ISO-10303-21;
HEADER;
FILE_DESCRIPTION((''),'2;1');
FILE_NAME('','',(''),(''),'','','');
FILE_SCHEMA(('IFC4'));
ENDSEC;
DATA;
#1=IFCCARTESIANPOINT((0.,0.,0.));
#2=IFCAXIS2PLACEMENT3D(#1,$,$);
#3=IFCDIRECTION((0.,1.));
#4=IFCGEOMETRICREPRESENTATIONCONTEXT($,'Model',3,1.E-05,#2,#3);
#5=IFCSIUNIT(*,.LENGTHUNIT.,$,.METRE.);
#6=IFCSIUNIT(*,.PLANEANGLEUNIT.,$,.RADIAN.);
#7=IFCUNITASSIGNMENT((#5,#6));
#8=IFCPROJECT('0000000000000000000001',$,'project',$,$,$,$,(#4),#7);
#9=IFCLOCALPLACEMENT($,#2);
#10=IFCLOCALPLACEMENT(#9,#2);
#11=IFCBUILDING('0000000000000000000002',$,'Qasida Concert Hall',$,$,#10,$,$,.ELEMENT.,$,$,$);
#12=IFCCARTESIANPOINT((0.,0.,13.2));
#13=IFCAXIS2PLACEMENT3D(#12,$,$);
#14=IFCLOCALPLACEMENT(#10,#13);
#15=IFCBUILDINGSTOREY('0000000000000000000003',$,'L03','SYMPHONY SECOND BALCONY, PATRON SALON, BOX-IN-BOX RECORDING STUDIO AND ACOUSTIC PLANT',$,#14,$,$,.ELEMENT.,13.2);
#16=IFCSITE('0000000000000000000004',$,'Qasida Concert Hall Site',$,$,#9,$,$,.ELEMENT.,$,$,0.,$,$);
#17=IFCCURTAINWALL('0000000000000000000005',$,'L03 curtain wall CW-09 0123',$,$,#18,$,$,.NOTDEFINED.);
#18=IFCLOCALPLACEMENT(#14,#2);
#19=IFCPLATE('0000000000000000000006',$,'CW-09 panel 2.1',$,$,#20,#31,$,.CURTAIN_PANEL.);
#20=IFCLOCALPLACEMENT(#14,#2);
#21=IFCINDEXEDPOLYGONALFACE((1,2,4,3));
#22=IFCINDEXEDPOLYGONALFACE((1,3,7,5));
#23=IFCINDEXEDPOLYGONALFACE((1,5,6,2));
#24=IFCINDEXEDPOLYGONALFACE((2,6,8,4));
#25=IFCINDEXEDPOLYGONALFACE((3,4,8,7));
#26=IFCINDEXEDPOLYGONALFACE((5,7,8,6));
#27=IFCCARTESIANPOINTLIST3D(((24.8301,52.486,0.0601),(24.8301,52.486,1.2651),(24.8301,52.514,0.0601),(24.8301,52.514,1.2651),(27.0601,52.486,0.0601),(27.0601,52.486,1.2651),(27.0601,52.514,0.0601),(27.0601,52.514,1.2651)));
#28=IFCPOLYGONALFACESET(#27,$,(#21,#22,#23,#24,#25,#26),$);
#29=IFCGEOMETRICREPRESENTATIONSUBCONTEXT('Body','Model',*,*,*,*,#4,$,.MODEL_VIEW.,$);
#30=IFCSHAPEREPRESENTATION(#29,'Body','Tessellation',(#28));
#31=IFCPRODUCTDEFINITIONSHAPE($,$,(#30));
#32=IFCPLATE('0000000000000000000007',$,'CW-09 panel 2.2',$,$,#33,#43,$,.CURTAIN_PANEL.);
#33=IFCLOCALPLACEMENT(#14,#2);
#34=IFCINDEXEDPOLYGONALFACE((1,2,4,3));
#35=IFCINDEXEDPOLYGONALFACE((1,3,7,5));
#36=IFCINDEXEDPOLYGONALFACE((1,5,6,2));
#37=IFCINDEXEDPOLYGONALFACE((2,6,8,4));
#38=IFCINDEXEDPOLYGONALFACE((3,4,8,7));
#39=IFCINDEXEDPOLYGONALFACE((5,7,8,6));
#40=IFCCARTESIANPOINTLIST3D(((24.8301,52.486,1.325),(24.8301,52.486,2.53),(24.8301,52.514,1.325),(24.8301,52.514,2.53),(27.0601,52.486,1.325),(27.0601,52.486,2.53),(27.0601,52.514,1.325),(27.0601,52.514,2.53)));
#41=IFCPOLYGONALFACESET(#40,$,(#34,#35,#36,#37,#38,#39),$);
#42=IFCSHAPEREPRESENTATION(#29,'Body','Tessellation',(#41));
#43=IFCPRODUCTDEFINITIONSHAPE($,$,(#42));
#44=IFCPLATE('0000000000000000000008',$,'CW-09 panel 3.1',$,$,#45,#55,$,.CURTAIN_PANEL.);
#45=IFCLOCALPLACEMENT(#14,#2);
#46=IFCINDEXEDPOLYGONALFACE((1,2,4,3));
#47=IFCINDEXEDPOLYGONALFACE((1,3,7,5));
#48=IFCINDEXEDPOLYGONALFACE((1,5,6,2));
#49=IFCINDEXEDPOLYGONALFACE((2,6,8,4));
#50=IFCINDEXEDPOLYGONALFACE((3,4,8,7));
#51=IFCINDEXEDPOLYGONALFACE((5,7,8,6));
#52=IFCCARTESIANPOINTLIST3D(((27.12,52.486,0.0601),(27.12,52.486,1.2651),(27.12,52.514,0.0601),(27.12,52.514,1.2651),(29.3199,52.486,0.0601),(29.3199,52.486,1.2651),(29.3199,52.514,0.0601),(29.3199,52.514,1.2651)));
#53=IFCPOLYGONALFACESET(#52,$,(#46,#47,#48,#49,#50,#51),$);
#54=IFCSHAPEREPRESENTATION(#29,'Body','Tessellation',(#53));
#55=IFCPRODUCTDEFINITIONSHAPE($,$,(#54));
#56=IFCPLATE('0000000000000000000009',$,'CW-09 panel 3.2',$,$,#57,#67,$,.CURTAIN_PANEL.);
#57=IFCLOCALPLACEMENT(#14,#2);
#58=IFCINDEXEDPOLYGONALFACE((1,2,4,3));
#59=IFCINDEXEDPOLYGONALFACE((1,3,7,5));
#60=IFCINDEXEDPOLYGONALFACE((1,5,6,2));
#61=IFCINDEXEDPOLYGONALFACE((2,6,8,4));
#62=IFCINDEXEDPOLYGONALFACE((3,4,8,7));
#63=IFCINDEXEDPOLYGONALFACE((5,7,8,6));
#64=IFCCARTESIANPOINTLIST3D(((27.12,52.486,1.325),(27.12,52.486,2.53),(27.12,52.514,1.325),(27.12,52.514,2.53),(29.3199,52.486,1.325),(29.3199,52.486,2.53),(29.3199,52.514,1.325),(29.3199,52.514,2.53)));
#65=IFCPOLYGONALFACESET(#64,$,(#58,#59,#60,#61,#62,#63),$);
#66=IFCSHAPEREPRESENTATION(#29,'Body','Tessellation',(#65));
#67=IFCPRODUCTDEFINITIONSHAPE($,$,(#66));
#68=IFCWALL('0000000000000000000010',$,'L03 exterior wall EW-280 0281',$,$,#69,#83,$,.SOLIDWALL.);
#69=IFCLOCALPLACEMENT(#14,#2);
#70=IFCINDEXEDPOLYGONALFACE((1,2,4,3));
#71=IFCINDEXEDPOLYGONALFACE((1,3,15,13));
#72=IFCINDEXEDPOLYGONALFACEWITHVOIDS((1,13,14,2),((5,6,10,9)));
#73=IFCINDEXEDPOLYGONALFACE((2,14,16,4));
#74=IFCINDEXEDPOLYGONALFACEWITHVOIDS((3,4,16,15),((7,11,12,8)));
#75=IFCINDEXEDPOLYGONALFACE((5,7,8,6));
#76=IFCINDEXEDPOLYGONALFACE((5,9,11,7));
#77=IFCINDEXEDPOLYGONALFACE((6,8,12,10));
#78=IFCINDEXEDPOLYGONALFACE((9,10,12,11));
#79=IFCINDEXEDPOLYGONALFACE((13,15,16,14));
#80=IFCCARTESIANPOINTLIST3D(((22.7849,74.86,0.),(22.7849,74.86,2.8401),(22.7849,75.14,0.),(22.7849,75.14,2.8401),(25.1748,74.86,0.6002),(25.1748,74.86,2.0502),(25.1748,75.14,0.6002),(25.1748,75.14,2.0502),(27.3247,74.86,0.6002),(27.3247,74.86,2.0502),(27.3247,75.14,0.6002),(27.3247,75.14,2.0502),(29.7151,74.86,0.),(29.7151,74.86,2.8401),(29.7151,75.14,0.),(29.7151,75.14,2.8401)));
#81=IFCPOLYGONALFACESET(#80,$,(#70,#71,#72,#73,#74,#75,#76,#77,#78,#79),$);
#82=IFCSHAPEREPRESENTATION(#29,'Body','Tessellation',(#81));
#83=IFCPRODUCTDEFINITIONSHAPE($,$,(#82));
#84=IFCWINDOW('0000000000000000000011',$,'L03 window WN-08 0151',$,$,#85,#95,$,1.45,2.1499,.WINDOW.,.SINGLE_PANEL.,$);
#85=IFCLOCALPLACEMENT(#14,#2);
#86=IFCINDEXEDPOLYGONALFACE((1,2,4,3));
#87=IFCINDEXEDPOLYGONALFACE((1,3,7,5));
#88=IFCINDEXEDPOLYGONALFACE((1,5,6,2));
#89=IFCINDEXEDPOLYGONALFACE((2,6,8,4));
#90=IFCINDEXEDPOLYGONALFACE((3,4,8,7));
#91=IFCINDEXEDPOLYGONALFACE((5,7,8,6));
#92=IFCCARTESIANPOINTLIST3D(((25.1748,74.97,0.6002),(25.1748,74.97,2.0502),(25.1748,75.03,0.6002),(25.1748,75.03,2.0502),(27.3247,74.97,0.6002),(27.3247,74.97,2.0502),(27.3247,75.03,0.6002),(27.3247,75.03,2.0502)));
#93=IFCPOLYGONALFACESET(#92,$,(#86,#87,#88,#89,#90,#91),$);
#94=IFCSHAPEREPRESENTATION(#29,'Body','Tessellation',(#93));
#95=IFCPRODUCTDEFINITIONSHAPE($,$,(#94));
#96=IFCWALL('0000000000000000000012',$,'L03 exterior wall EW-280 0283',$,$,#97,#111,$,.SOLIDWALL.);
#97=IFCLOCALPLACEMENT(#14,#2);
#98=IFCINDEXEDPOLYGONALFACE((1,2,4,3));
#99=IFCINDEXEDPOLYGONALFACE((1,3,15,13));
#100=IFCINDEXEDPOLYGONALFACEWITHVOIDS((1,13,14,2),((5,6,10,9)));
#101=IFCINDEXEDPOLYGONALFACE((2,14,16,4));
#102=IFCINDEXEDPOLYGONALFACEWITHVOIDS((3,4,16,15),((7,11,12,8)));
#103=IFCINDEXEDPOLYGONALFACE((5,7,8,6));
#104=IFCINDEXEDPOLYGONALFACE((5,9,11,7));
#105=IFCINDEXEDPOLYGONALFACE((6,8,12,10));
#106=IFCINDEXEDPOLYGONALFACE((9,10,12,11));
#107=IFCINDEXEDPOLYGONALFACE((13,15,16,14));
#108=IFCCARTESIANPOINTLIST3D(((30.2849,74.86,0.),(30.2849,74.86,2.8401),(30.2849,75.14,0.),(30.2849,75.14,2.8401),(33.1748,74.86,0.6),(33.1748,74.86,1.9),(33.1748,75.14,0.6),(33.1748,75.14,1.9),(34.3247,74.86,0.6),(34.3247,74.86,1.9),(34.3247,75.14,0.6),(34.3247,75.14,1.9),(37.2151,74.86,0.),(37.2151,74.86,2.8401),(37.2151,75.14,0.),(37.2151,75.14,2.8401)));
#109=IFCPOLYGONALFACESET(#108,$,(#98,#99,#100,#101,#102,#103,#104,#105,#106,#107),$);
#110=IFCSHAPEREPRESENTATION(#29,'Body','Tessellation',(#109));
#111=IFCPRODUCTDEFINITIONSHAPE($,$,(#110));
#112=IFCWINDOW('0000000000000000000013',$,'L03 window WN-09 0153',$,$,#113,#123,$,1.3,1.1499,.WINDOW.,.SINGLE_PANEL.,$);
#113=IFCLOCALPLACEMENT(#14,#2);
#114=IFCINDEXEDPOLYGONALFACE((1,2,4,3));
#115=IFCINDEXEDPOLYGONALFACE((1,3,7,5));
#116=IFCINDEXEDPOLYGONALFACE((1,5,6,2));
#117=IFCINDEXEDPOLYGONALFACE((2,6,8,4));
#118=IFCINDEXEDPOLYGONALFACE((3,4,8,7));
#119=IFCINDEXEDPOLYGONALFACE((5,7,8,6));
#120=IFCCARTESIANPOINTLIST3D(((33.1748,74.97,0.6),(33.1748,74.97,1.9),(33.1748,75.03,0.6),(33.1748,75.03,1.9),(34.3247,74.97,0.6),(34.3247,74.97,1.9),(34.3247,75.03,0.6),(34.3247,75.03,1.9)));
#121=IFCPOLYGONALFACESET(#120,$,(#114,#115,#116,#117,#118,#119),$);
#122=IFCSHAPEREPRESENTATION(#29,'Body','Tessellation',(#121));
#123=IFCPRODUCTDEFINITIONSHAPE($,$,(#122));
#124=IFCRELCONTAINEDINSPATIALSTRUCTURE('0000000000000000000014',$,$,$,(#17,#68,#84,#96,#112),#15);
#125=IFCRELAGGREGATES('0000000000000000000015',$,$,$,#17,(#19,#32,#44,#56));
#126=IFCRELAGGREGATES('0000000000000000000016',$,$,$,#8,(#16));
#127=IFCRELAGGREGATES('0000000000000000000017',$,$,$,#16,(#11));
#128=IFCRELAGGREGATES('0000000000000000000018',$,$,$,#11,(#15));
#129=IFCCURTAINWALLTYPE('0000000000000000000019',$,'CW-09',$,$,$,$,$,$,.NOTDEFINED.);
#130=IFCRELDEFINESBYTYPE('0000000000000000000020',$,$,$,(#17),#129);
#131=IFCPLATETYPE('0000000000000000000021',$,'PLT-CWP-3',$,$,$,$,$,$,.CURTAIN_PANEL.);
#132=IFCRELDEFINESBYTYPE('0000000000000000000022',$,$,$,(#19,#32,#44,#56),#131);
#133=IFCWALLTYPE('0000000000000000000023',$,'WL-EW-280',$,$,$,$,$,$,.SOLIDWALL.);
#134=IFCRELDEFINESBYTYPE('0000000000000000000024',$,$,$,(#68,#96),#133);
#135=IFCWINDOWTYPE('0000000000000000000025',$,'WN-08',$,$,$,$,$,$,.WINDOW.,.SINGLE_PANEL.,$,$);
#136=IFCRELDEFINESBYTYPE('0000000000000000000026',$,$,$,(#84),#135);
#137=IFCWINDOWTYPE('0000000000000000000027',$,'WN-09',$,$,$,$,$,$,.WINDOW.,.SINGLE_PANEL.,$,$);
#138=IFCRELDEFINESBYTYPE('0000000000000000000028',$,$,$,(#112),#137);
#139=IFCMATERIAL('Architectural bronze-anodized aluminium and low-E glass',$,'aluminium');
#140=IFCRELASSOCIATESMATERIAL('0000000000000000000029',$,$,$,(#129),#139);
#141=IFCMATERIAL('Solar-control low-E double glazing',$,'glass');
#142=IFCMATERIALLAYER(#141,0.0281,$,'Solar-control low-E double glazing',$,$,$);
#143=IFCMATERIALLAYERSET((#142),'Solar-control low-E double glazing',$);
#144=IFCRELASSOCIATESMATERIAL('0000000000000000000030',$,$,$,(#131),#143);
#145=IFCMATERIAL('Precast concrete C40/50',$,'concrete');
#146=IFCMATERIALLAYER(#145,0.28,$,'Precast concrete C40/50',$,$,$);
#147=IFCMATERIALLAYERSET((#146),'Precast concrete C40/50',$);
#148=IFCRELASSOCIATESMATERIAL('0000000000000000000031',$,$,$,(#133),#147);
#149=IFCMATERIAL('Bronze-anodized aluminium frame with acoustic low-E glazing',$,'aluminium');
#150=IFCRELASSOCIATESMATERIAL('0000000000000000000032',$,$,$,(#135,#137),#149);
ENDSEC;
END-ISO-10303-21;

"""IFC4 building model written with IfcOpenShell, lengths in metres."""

from ifc_helpers import new_model, si_unit, direction, frame, frame_2d, origin, origin_2d, place, context, subcontext, project, spatial, rectangle, extrude, material, layer, layer_set, type_object, element, fill, aggregate, save


model = new_model("IFC4")

# Units and contexts
model_context = context("Model", 3, precision=1e-05, world=origin(), true_north=direction((0.0, 1.0)))
body_context = subcontext(model_context, "Body", "Model", "MODEL_VIEW")
ifc_project = project(units=[si_unit("LENGTHUNIT", "METRE"), si_unit("PLANEANGLEUNIT", "RADIAN")], contexts=[model_context])

# Site, building, storey
site_placement = place(None, origin())
site = spatial("IfcSite", under=ifc_project, at=site_placement, Name="Qasida Concert Hall Site", CompositionType="ELEMENT", RefElevation=0.0)
building_placement = place(site_placement, origin())
building = spatial("IfcBuilding", under=site, at=building_placement, Name="Qasida Concert Hall", CompositionType="ELEMENT")
storey_placement = place(building_placement, frame((0.0, 0.0, 13.2)))
storey = spatial("IfcBuildingStorey", under=building, at=storey_placement, Name="L03", Description="SYMPHONY SECOND BALCONY, PATRON SALON, BOX-IN-BOX RECORDING STUDIO AND ACOUSTIC PLANT", CompositionType="ELEMENT", Elevation=13.2)

# Shared definitions
ifc_material_1 = material(Name="Architectural bronze-anodized aluminium and low-E glass", Category="aluminium")
curtain_wall_type = type_object("IfcCurtainWallType", Name="CW-09", PredefinedType="NOTDEFINED", material=ifc_material_1)

# Curtain wall
curtain_wall_1_placement = place(storey_placement, origin())
curtain_wall_1 = element("IfcCurtainWall", 1, at=curtain_wall_1_placement, inside=storey, type_object=curtain_wall_type, Name="L03 curtain wall CW-09 0123", PredefinedType="NOTDEFINED")

# Plates
ifc_material_2 = material(Name="Solar-control low-E double glazing", Category="glass")
ifc_layer_1 = layer(ifc_material_2, 0.0281, Name="Solar-control low-E double glazing")
ifc_layer_set_1 = layer_set([ifc_layer_1], Name="Solar-control low-E double glazing")
plate_type = type_object("IfcPlateType", Name="PLT-CWP-3", PredefinedType="CURTAIN_PANEL", material=ifc_layer_set_1)
plate_1_placement = place(storey_placement, frame((25.9451, 52.5, 0.0601), z_axis=(0.0, 0.0, 1.0), x_axis=(1.0, 0.0, 0.0)))
plate_1 = element("IfcPlate", 2, at=plate_1_placement, type_object=plate_type, Name="CW-09 panel 2.1", PredefinedType="CURTAIN_PANEL", context=body_context, shape_type="SweptSolid", body=[
    extrude(rectangle(XDim=2.23, YDim=0.0281, at=origin_2d()), origin(), (0.0, 0.0, 1.0), 1.2051),
])
plate_2_placement = place(storey_placement, frame((25.9451, 52.5, 1.325), z_axis=(0.0, 0.0, 1.0), x_axis=(1.0, 0.0, 0.0)))
plate_2 = element("IfcPlate", 3, at=plate_2_placement, type_object=plate_type, Name="CW-09 panel 2.2", PredefinedType="CURTAIN_PANEL", context=body_context, shape_type="SweptSolid", body=[
    extrude(rectangle(XDim=2.23, YDim=0.0281, at=origin_2d()), origin(), (0.0, 0.0, 1.0), 1.2051),
])
plate_3_placement = place(storey_placement, frame((28.22, 52.5, 0.0601), z_axis=(0.0, 0.0, 1.0), x_axis=(1.0, 0.0, 0.0)))
plate_3 = element("IfcPlate", 4, at=plate_3_placement, type_object=plate_type, Name="CW-09 panel 3.1", PredefinedType="CURTAIN_PANEL", context=body_context, shape_type="SweptSolid", body=[
    extrude(rectangle(XDim=2.2, YDim=0.0281, at=origin_2d()), origin(), (0.0, 0.0, 1.0), 1.2051),
])
plate_4_placement = place(storey_placement, frame((28.22, 52.5, 1.325), z_axis=(0.0, 0.0, 1.0), x_axis=(1.0, 0.0, 0.0)))
plate_4 = element("IfcPlate", 5, at=plate_4_placement, type_object=plate_type, Name="CW-09 panel 3.2", PredefinedType="CURTAIN_PANEL", context=body_context, shape_type="SweptSolid", body=[
    extrude(rectangle(XDim=2.2, YDim=0.0281, at=origin_2d()), origin(), (0.0, 0.0, 1.0), 1.2051),
])
aggregate(curtain_wall_1, [plate_1, plate_2, plate_3, plate_4])

# Walls, openings, windows
ifc_material_3 = material(Name="Precast concrete C40/50", Category="concrete")
ifc_layer_2 = layer(ifc_material_3, 0.28, Name="Precast concrete C40/50")
ifc_layer_set_2 = layer_set([ifc_layer_2], Name="Precast concrete C40/50")
wall_type = type_object("IfcWallType", Name="WL-EW-280", PredefinedType="SOLIDWALL", material=ifc_layer_set_2)
wall_1_placement = place(storey_placement, frame((22.7849, 75.0, 0.0), z_axis=(0.0, 0.0, 1.0), x_axis=(1.0, 0.0, 0.0)))
wall_1 = element("IfcWall", 6, at=wall_1_placement, inside=storey, type_object=wall_type, Name="L03 exterior wall EW-280 0281", PredefinedType="SOLIDWALL", context=body_context, shape_type="SweptSolid", body=[
    extrude(rectangle(XDim=6.9302, YDim=0.28, at=frame_2d((3.4651, 0.0))), origin(), (0.0, 0.0, 1.0), 2.8401),
])
opening_1_placement = place(wall_1_placement, frame((2.3899, 0.0, 0.6001)))
opening_1 = element("IfcOpeningElement", 7, at=opening_1_placement, cuts=wall_1, PredefinedType="OPENING", context=body_context, shape_type="SweptSolid", body=[
    extrude(rectangle(XDim=2.1499, YDim=1.45, at=frame_2d((1.075, 0.7251))), frame((0.0, 0.1499, 0.0), z_axis=(0.0, -1.0, 0.0), x_axis=(1.0, 0.0, 0.0)), (0.0, 0.0, 1.0), 0.3),
])
ifc_material_4 = material(Name="Bronze-anodized aluminium frame with acoustic low-E glazing", Category="aluminium")
window_type_1 = type_object("IfcWindowType", Name="WN-08", PartitioningType="SINGLE_PANEL", PredefinedType="WINDOW", material=ifc_material_4)
window_1_placement = place(opening_1_placement, origin())
window_1 = element("IfcWindow", 8, at=window_1_placement, inside=storey, type_object=window_type_1, Name="L03 window WN-08 0151", OverallHeight=1.45, OverallWidth=2.1499, PartitioningType="SINGLE_PANEL", PredefinedType="WINDOW", context=body_context, shape_type="SweptSolid", body=[
    extrude(rectangle(XDim=2.1499, YDim=1.45, at=frame_2d((1.075, 0.7251))), frame((0.0, 0.03, 0.0), z_axis=(0.0, -1.0, 0.0), x_axis=(1.0, 0.0, 0.0)), (0.0, 0.0, 1.0), 0.0601),
])
fill(opening_1, window_1)
wall_2_placement = place(storey_placement, frame((30.2849, 75.0, 0.0), z_axis=(0.0, 0.0, 1.0), x_axis=(1.0, 0.0, 0.0)))
wall_2 = element("IfcWall", 9, at=wall_2_placement, inside=storey, type_object=wall_type, Name="L03 exterior wall EW-280 0283", PredefinedType="SOLIDWALL", context=body_context, shape_type="SweptSolid", body=[
    extrude(rectangle(XDim=6.9302, YDim=0.28, at=frame_2d((3.4651, 0.0))), origin(), (0.0, 0.0, 1.0), 2.8401),
])
opening_2_placement = place(wall_2_placement, frame((2.8899, 0.0, 0.6001)))
opening_2 = element("IfcOpeningElement", 10, at=opening_2_placement, cuts=wall_2, PredefinedType="OPENING", context=body_context, shape_type="SweptSolid", body=[
    extrude(rectangle(XDim=1.1499, YDim=1.3, at=frame_2d((0.575, 0.6499))), frame((0.0, 0.1499, 0.0), z_axis=(0.0, -1.0, 0.0), x_axis=(1.0, 0.0, 0.0)), (0.0, 0.0, 1.0), 0.3),
])
window_type_2 = type_object("IfcWindowType", Name="WN-09", PartitioningType="SINGLE_PANEL", PredefinedType="WINDOW", material=ifc_material_4)
window_2_placement = place(opening_2_placement, origin())
window_2 = element("IfcWindow", 11, at=window_2_placement, inside=storey, type_object=window_type_2, Name="L03 window WN-09 0153", OverallHeight=1.3, OverallWidth=1.1499, PartitioningType="SINGLE_PANEL", PredefinedType="WINDOW", context=body_context, shape_type="SweptSolid", body=[
    extrude(rectangle(XDim=1.1499, YDim=1.3, at=frame_2d((0.575, 0.6499))), frame((0.0, 0.03, 0.0), z_axis=(0.0, -1.0, 0.0), x_axis=(1.0, 0.0, 0.0)), (0.0, 0.0, 1.0), 0.0601),
])
fill(opening_2, window_2)

save(model, "model.ifc")
